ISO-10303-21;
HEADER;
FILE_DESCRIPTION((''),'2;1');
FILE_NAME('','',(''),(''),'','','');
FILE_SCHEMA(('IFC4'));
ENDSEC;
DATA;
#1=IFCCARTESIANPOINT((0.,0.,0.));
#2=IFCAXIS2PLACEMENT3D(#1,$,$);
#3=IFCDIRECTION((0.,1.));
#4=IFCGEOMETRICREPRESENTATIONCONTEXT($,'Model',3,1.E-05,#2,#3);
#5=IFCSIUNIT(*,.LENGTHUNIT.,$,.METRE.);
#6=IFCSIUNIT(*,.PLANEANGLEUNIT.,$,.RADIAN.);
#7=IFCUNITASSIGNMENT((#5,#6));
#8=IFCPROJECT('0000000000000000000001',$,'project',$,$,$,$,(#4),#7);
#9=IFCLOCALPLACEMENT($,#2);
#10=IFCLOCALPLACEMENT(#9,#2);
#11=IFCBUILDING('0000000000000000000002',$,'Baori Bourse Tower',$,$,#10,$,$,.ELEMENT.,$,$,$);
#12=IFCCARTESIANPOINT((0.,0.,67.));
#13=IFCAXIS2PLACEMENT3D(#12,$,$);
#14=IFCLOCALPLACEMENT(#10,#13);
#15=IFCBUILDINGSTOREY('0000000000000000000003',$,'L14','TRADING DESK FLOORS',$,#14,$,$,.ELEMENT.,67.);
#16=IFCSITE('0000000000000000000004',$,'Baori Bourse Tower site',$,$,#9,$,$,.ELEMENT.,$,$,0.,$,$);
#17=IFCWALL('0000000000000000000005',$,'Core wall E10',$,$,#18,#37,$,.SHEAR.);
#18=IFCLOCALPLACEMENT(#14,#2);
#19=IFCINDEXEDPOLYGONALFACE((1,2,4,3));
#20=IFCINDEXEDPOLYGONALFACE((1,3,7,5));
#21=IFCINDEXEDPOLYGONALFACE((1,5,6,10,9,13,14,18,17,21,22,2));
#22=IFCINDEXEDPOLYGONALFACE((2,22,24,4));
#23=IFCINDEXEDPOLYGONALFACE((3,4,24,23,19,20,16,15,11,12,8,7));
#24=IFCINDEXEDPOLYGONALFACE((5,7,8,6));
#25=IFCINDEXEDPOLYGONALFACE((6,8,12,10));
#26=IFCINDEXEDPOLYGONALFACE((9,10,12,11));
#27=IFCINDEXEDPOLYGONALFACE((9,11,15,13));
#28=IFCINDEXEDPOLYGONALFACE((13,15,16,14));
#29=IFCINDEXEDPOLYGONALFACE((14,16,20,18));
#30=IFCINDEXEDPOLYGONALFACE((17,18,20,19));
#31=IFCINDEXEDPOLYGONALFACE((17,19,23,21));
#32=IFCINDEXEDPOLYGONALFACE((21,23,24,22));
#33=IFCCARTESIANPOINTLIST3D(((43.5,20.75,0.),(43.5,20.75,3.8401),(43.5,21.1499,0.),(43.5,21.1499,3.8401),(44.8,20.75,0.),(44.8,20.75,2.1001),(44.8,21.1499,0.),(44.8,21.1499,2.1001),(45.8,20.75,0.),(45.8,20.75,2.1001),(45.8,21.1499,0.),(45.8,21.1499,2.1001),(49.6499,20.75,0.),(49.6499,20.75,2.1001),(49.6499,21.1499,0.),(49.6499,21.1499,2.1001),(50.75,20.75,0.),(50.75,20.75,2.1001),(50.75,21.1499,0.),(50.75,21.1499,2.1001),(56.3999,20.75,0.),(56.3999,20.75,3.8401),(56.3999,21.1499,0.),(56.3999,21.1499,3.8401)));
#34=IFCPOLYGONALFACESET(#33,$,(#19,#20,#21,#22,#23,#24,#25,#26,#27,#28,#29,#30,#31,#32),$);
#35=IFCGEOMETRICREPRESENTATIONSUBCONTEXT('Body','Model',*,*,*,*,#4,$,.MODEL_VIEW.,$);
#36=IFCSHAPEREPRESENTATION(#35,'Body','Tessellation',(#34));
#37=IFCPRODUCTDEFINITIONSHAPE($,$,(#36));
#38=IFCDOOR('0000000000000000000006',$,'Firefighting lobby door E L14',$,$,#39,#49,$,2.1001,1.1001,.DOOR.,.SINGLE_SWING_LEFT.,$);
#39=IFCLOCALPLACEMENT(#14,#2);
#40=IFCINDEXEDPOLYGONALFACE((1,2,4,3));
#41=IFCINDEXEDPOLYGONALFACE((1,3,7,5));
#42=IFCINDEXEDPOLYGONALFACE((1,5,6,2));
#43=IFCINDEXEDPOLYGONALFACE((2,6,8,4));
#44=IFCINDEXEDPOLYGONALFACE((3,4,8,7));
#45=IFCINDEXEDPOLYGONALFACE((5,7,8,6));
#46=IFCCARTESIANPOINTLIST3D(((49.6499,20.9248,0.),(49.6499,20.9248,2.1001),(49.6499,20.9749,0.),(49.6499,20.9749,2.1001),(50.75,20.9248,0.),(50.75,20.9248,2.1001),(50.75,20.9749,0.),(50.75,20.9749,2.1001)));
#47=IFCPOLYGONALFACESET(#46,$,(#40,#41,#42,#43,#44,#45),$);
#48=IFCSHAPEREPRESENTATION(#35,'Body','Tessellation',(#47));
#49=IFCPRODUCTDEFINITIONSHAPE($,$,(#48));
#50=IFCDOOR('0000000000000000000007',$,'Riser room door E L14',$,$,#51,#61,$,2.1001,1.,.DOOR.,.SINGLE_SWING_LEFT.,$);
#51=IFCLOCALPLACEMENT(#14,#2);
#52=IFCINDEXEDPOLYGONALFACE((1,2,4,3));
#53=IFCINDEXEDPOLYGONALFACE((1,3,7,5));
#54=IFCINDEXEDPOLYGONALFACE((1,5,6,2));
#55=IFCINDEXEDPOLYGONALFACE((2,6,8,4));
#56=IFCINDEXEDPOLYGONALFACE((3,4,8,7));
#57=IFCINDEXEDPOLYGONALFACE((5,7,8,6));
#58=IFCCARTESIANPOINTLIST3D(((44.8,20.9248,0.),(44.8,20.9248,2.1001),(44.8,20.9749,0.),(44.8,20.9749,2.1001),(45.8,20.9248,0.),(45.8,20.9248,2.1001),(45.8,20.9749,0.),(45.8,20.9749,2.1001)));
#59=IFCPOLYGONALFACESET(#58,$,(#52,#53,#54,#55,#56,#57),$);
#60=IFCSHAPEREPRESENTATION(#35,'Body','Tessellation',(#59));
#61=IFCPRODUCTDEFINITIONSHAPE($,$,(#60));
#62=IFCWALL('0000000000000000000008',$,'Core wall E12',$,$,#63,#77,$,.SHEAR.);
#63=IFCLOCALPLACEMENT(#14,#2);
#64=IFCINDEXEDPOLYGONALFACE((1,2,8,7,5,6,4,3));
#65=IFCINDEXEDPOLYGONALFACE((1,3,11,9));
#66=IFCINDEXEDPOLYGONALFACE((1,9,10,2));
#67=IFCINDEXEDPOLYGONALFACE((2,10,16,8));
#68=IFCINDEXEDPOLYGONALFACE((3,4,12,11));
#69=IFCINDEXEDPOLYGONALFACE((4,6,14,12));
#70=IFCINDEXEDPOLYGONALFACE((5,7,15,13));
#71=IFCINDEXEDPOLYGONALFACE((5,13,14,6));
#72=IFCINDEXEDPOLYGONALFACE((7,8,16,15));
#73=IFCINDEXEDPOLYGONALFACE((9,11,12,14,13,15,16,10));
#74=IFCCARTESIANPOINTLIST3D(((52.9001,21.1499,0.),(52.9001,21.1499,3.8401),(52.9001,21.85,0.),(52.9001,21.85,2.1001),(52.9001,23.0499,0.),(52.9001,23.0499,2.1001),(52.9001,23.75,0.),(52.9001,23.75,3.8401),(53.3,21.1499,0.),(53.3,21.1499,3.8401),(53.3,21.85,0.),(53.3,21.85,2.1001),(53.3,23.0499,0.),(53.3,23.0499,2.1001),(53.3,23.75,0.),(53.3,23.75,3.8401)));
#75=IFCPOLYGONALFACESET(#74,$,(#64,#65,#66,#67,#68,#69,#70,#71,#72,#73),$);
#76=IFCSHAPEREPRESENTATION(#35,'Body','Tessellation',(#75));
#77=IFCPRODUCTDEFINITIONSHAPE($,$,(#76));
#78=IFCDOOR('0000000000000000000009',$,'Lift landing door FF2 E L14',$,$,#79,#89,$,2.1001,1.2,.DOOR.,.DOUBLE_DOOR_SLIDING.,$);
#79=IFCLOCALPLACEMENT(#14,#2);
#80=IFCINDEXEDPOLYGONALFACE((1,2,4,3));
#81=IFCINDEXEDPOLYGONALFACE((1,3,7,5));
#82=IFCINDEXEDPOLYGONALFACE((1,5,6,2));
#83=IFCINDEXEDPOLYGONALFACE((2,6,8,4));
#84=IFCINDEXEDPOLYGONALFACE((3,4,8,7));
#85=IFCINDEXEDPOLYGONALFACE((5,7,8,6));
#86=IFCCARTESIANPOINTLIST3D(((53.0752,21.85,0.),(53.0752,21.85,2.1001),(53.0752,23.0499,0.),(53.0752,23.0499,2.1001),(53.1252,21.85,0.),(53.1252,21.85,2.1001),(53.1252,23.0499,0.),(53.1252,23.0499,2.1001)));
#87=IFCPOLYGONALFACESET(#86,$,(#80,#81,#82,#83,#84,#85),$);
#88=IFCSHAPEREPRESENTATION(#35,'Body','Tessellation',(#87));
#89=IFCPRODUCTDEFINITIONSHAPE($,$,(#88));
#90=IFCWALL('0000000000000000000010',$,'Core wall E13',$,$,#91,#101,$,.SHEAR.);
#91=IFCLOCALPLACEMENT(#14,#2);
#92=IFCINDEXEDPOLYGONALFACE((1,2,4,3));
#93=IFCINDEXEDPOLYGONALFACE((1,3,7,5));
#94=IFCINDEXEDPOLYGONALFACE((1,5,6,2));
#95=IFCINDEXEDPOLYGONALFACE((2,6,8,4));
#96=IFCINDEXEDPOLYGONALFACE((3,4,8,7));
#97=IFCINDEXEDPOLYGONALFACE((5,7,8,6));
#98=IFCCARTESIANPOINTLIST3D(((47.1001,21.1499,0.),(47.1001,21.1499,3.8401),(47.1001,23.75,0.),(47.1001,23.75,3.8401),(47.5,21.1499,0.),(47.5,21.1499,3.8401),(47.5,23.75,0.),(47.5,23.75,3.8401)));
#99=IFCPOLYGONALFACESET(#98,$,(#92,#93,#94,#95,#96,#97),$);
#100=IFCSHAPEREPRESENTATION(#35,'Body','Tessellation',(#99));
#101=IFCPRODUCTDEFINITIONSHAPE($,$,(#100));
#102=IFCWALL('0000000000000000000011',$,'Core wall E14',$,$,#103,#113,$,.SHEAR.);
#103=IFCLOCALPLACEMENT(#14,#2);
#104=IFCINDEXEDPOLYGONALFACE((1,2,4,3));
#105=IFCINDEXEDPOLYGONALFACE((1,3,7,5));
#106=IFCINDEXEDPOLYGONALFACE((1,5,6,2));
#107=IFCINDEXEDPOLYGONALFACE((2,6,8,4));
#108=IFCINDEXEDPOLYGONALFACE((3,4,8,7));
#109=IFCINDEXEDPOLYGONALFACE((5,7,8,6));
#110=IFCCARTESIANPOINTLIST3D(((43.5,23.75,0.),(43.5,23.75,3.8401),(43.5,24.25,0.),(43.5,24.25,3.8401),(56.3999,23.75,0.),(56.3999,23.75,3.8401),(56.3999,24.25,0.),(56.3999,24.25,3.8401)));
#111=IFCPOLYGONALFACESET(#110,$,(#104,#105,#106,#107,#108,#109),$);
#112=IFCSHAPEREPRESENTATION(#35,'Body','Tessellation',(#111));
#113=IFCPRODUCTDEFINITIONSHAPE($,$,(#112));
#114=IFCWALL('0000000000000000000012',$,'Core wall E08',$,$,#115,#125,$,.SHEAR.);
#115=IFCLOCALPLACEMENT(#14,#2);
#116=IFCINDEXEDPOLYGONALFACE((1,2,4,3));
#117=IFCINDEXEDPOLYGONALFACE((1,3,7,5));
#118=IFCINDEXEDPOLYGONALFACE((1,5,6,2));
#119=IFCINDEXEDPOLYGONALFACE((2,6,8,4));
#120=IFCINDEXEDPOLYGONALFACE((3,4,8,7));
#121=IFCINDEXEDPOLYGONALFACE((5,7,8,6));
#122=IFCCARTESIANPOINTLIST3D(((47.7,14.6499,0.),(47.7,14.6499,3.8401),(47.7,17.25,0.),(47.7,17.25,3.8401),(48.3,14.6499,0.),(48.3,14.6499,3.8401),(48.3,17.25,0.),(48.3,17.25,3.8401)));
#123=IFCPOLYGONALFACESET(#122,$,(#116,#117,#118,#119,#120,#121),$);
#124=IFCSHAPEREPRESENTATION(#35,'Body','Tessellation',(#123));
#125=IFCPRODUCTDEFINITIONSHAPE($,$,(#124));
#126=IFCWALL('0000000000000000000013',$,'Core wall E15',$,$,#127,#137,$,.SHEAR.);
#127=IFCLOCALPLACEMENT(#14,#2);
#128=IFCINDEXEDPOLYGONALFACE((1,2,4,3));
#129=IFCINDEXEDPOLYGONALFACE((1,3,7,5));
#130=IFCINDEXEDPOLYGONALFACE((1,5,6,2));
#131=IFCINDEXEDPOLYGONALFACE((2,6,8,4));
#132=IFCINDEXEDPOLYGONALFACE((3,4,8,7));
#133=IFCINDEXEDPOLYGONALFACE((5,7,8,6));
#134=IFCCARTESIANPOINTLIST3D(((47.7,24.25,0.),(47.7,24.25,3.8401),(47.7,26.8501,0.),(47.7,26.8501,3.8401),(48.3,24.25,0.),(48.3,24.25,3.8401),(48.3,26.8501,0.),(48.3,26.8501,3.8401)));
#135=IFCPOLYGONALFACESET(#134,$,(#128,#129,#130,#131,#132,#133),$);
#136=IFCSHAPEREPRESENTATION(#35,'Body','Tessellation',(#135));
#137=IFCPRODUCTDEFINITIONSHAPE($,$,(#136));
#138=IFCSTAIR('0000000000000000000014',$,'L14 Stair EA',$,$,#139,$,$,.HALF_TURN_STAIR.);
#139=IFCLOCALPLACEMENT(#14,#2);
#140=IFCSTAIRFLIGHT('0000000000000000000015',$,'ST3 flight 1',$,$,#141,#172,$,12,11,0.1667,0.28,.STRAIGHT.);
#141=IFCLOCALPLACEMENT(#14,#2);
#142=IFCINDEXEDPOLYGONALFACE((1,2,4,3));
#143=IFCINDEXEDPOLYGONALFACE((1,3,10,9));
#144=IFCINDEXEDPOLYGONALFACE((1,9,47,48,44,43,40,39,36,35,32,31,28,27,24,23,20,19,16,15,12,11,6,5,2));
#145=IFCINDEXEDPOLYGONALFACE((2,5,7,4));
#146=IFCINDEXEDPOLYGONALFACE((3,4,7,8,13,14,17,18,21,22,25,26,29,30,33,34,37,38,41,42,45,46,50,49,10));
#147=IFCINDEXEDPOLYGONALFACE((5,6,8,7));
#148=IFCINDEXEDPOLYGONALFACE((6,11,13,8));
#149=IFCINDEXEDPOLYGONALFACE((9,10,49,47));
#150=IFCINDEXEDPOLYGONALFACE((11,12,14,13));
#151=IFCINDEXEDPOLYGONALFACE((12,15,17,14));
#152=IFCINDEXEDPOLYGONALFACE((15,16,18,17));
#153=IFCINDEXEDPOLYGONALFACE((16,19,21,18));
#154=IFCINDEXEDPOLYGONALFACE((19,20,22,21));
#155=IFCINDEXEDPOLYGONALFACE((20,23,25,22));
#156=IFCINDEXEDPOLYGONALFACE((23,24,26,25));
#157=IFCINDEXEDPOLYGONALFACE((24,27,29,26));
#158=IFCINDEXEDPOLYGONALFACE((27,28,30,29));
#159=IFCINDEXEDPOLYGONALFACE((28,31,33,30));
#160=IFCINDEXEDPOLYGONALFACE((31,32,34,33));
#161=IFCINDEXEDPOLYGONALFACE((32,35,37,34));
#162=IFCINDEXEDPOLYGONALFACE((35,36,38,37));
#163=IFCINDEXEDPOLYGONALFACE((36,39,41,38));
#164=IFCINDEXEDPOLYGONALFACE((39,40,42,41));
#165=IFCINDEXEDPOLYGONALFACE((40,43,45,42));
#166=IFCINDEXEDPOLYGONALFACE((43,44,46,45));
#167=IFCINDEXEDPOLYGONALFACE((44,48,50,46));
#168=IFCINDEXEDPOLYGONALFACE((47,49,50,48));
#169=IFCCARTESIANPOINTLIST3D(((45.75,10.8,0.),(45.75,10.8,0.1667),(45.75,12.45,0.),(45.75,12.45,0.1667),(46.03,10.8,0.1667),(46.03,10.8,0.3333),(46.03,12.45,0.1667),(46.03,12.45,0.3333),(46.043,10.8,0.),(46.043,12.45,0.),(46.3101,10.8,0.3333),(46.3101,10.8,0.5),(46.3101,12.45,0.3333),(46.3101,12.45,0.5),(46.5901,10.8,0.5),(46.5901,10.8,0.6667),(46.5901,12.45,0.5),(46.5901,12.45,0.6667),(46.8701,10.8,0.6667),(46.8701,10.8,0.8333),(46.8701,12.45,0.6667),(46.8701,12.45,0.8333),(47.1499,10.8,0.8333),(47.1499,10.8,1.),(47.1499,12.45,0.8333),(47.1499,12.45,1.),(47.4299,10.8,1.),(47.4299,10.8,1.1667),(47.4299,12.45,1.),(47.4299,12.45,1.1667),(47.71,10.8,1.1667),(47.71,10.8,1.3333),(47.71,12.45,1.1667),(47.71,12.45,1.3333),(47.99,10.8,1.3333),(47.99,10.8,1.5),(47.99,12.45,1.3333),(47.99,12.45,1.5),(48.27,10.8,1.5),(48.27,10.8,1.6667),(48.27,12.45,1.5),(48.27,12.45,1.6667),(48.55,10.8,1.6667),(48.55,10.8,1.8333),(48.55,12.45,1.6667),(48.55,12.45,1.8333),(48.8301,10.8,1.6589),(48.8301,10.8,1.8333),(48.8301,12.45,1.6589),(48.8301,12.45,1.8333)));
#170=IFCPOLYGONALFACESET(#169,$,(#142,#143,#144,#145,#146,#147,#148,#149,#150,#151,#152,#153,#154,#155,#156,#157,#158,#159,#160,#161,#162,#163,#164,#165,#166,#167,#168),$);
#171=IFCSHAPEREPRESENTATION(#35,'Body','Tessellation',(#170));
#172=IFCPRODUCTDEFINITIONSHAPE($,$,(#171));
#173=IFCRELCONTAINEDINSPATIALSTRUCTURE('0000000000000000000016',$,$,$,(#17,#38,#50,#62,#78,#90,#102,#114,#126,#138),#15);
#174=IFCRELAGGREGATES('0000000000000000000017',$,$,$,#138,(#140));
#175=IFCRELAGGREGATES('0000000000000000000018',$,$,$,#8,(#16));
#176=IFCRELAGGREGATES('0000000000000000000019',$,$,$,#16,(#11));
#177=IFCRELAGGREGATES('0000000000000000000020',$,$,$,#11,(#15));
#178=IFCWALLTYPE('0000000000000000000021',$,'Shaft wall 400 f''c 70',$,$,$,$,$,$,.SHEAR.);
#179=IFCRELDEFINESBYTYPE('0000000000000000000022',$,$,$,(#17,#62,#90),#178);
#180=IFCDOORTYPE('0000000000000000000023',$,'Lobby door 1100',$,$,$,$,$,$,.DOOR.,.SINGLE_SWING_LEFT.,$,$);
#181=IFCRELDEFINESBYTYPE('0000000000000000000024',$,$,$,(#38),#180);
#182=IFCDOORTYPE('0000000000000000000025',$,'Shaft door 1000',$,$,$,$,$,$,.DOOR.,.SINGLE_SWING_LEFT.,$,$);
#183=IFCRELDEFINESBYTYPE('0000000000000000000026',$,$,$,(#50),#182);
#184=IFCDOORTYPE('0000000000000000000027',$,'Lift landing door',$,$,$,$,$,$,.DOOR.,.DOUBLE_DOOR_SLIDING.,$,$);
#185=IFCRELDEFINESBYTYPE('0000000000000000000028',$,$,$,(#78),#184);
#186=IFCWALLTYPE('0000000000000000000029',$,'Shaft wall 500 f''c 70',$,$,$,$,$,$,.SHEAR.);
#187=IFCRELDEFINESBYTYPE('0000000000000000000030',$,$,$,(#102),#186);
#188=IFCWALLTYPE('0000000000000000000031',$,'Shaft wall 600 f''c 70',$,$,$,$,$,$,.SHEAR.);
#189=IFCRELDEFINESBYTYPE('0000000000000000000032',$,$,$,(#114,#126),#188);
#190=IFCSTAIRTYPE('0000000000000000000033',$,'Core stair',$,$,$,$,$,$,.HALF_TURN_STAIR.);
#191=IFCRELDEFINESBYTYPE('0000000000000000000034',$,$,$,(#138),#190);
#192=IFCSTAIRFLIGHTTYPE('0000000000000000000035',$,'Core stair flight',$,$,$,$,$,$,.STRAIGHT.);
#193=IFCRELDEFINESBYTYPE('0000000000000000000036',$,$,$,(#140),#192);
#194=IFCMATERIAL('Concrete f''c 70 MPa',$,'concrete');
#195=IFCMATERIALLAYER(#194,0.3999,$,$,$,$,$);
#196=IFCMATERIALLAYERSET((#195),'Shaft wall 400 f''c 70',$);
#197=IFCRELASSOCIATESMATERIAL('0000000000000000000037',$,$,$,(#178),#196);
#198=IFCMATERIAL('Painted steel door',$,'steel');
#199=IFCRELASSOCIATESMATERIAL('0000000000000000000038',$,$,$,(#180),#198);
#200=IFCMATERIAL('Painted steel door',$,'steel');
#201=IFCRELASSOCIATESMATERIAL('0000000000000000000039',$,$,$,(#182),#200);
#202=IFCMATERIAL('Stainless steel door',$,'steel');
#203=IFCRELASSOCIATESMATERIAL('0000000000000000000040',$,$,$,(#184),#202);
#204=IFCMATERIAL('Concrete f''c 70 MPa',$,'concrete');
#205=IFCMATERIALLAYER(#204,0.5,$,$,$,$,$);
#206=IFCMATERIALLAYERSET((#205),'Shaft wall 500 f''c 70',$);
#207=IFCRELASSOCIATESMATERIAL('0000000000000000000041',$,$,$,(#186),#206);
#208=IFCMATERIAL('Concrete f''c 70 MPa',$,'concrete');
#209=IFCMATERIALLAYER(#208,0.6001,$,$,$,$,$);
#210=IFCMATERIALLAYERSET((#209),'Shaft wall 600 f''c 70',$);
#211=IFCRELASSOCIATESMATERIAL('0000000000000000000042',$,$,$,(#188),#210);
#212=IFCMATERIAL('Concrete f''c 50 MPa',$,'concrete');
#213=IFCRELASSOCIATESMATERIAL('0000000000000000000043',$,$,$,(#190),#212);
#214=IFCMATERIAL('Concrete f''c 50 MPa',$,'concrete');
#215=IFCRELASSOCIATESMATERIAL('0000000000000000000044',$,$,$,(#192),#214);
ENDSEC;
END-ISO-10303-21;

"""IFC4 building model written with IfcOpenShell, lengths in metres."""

from ifc_helpers import new_model, si_unit, direction, frame, frame_2d, origin, place, context, subcontext, project, spatial, polyline, rectangle, outline, extrude, material, layer, layer_set, type_object, element, fill, aggregate, save


model = new_model("IFC4")

# Units and contexts
model_context = context("Model", 3, precision=1e-05, world=origin(), true_north=direction((0.0, 1.0)))
body_context = subcontext(model_context, "Body", "Model", "MODEL_VIEW")
ifc_project = project(units=[si_unit("LENGTHUNIT", "METRE"), si_unit("PLANEANGLEUNIT", "RADIAN")], contexts=[model_context])

# Site, building, storey
site_placement = place(None, origin())
site = spatial("IfcSite", under=ifc_project, at=site_placement, Name="Baori Bourse Tower site", CompositionType="ELEMENT", RefElevation=0.0)
building_placement = place(site_placement, origin())
building = spatial("IfcBuilding", under=site, at=building_placement, Name="Baori Bourse Tower", CompositionType="ELEMENT")
storey_placement = place(building_placement, frame((0.0, 0.0, 67.0)))
storey = spatial("IfcBuildingStorey", under=building, at=storey_placement, Name="L14", Description="TRADING DESK FLOORS", CompositionType="ELEMENT", Elevation=67.0)

# Wall, openings, doors
ifc_material_1 = material(Name="Concrete f'c 70 MPa", Category="concrete")
ifc_layer_1 = layer(ifc_material_1, 0.3999)
ifc_layer_set_1 = layer_set([ifc_layer_1], Name="Shaft wall 400 f'c 70")
wall_type_1 = type_object("IfcWallType", Name="Shaft wall 400 f'c 70", PredefinedType="SHEAR", material=ifc_layer_set_1)
wall_1_placement = place(storey_placement, frame((43.5, 20.95, 0.0), z_axis=(0.0, 0.0, 1.0), x_axis=(1.0, 0.0, 0.0)))
wall_1 = element("IfcWall", 1, at=wall_1_placement, inside=storey, type_object=wall_type_1, Name="Core wall E10", PredefinedType="SHEAR", context=body_context, shape_type="SweptSolid", body=[
    extrude(rectangle(XDim=12.8999, YDim=0.3999, at=frame_2d((6.45, 0.0))), origin(), (0.0, 0.0, 1.0), 3.8401),
])
opening_1_placement = place(wall_1_placement, frame((6.1499, 0.0, 0.0)))
opening_1 = element("IfcOpeningElement", 2, at=opening_1_placement, cuts=wall_1, PredefinedType="OPENING", context=body_context, shape_type="SweptSolid", body=[
    extrude(rectangle(XDim=1.1001, YDim=2.1001, at=frame_2d((0.55, 1.05))), frame((0.0, 0.21, 0.0), z_axis=(0.0, -1.0, 0.0), x_axis=(1.0, 0.0, 0.0)), (0.0, 0.0, 1.0), 0.4199),
])
opening_2_placement = place(wall_1_placement, frame((1.3, 0.0, 0.0)))
opening_2 = element("IfcOpeningElement", 3, at=opening_2_placement, cuts=wall_1, PredefinedType="OPENING", context=body_context, shape_type="SweptSolid", body=[
    extrude(rectangle(XDim=1.0, YDim=2.1001, at=frame_2d((0.5, 1.05))), frame((0.0, 0.21, 0.0), z_axis=(0.0, -1.0, 0.0), x_axis=(1.0, 0.0, 0.0)), (0.0, 0.0, 1.0), 0.4199),
])
ifc_material_2 = material(Name="Painted steel door", Category="steel")
door_type_1 = type_object("IfcDoorType", Name="Lobby door 1100", OperationType="SINGLE_SWING_LEFT", PredefinedType="DOOR", material=ifc_material_2)
door_1_placement = place(opening_1_placement, origin())
door_1 = element("IfcDoor", 4, at=door_1_placement, inside=storey, type_object=door_type_1, Name="Firefighting lobby door E L14", OperationType="SINGLE_SWING_LEFT", OverallHeight=2.1001, OverallWidth=1.1001, PredefinedType="DOOR", context=body_context, shape_type="SweptSolid", body=[
    extrude(rectangle(XDim=1.1001, YDim=2.1001, at=frame_2d((0.55, 1.05))), frame((0.0, 0.0249, 0.0), z_axis=(0.0, -1.0, 0.0), x_axis=(1.0, 0.0, 0.0)), (0.0, 0.0, 1.0), 0.05),
])
fill(opening_1, door_1)
ifc_material_3 = material(Name="Painted steel door", Category="steel")
door_type_2 = type_object("IfcDoorType", Name="Shaft door 1000", OperationType="SINGLE_SWING_LEFT", PredefinedType="DOOR", material=ifc_material_3)
door_2_placement = place(opening_2_placement, origin())
door_2 = element("IfcDoor", 5, at=door_2_placement, inside=storey, type_object=door_type_2, Name="Riser room door E L14", OperationType="SINGLE_SWING_LEFT", OverallHeight=2.1001, OverallWidth=1.0, PredefinedType="DOOR", context=body_context, shape_type="SweptSolid", body=[
    extrude(rectangle(XDim=1.0, YDim=2.1001, at=frame_2d((0.5, 1.05))), frame((0.0, 0.0249, 0.0), z_axis=(0.0, -1.0, 0.0), x_axis=(1.0, 0.0, 0.0)), (0.0, 0.0, 1.0), 0.05),
])
fill(opening_2, door_2)

# Wall, opening, door
wall_2_placement = place(storey_placement, frame((53.1001, 21.1499, 0.0), z_axis=(0.0, 0.0, 1.0), x_axis=(0.0, 1.0, 0.0)))
wall_2 = element("IfcWall", 6, at=wall_2_placement, inside=storey, type_object=wall_type_1, Name="Core wall E12", PredefinedType="SHEAR", context=body_context, shape_type="SweptSolid", body=[
    extrude(rectangle(XDim=2.6001, YDim=0.3999, at=frame_2d((1.3, 0.0))), origin(), (0.0, 0.0, 1.0), 3.8401),
])
opening_3_placement = place(wall_2_placement, frame((0.7, 0.0, 0.0)))
opening_3 = element("IfcOpeningElement", 7, at=opening_3_placement, cuts=wall_2, PredefinedType="OPENING", context=body_context, shape_type="SweptSolid", body=[
    extrude(rectangle(XDim=1.2, YDim=2.1001, at=frame_2d((0.6001, 1.05))), frame((0.0, 0.21, 0.0), z_axis=(0.0, -1.0, 0.0), x_axis=(1.0, 0.0, 0.0)), (0.0, 0.0, 1.0), 0.4199),
])
ifc_material_4 = material(Name="Stainless steel door", Category="steel")
door_type_3 = type_object("IfcDoorType", Name="Lift landing door", OperationType="DOUBLE_DOOR_SLIDING", PredefinedType="DOOR", material=ifc_material_4)
door_3_placement = place(opening_3_placement, origin())
door_3 = element("IfcDoor", 8, at=door_3_placement, inside=storey, type_object=door_type_3, Name="Lift landing door FF2 E L14", OperationType="DOUBLE_DOOR_SLIDING", OverallHeight=2.1001, OverallWidth=1.2, PredefinedType="DOOR", context=body_context, shape_type="SweptSolid", body=[
    extrude(rectangle(XDim=1.2, YDim=2.1001, at=frame_2d((0.6001, 1.05))), frame((0.0, 0.0249, 0.0), z_axis=(0.0, -1.0, 0.0), x_axis=(1.0, 0.0, 0.0)), (0.0, 0.0, 1.0), 0.05),
])
fill(opening_3, door_3)

# Walls
wall_3_placement = place(storey_placement, frame((47.3, 21.1499, 0.0), z_axis=(0.0, 0.0, 1.0), x_axis=(0.0, 1.0, 0.0)))
element("IfcWall", 9, at=wall_3_placement, inside=storey, type_object=wall_type_1, Name="Core wall E13", PredefinedType="SHEAR", context=body_context, shape_type="SweptSolid", body=[
    extrude(rectangle(XDim=2.6001, YDim=0.3999, at=frame_2d((1.3, 0.0))), origin(), (0.0, 0.0, 1.0), 3.8401),
])
ifc_material_5 = material(Name="Concrete f'c 70 MPa", Category="concrete")
ifc_layer_2 = layer(ifc_material_5, 0.5)
ifc_layer_set_2 = layer_set([ifc_layer_2], Name="Shaft wall 500 f'c 70")
wall_type_2 = type_object("IfcWallType", Name="Shaft wall 500 f'c 70", PredefinedType="SHEAR", material=ifc_layer_set_2)
wall_4_placement = place(storey_placement, frame((43.5, 24.0, 0.0), z_axis=(0.0, 0.0, 1.0), x_axis=(1.0, 0.0, 0.0)))
element("IfcWall", 10, at=wall_4_placement, inside=storey, type_object=wall_type_2, Name="Core wall E14", PredefinedType="SHEAR", context=body_context, shape_type="SweptSolid", body=[
    extrude(rectangle(XDim=12.8999, YDim=0.5, at=frame_2d((6.45, 0.0))), origin(), (0.0, 0.0, 1.0), 3.8401),
])
ifc_material_6 = material(Name="Concrete f'c 70 MPa", Category="concrete")
ifc_layer_3 = layer(ifc_material_6, 0.6001)
ifc_layer_set_3 = layer_set([ifc_layer_3], Name="Shaft wall 600 f'c 70")
wall_type_3 = type_object("IfcWallType", Name="Shaft wall 600 f'c 70", PredefinedType="SHEAR", material=ifc_layer_set_3)
for number, where, z_axis, x_axis, name in (
    (11, (48.0, 14.6499, 0.0), (0.0, 0.0, 1.0), (0.0, 1.0, 0.0), "Core wall E08"),
    (12, (48.0, 24.25, 0.0), (0.0, 0.0, 1.0), (0.0, 1.0, 0.0), "Core wall E15"),
):
    element("IfcWall", number, at=place(storey_placement, frame(where, z_axis=z_axis, x_axis=x_axis)), inside=storey, type_object=wall_type_3, Name=name, PredefinedType="SHEAR", context=body_context, shape_type="SweptSolid", body=[
        extrude(rectangle(XDim=2.6001, YDim=0.6001, at=frame_2d((1.3, 0.0))), origin(), (0.0, 0.0, 1.0), 3.8401),
    ])

# Stair, stair flight
ifc_material_7 = material(Name="Concrete f'c 50 MPa", Category="concrete")
stair_type = type_object("IfcStairType", Name="Core stair", PredefinedType="HALF_TURN_STAIR", material=ifc_material_7)
stair_placement = place(storey_placement, origin())
stair = element("IfcStair", 13, at=stair_placement, inside=storey, type_object=stair_type, Name="L14 Stair EA", PredefinedType="HALF_TURN_STAIR")
ifc_material_8 = material(Name="Concrete f'c 50 MPa", Category="concrete")
stair_flight_type = type_object("IfcStairFlightType", Name="Core stair flight", PredefinedType="STRAIGHT", material=ifc_material_8)
stair_flight_1_placement = place(storey_placement, frame((45.75, 11.625, 0.0), z_axis=(0.0, 0.0, 1.0), x_axis=(1.0, 0.0, 0.0)))
stair_flight_1 = element("IfcStairFlight", 14, at=stair_flight_1_placement, type_object=stair_flight_type, Name="ST3 flight 1", NumberOfRisers=12, NumberOfTreads=11, PredefinedType="STRAIGHT", RiserHeight=0.1667, TreadLength=0.28, context=body_context, shape_type="SweptSolid", body=[
    extrude(outline(polyline([(0.0, 0.0), (0.0, 0.1667), (0.28, 0.1667), (0.28, 0.3333), (0.5601, 0.3333), (0.5601, 0.5), (0.8401, 0.5), (0.8401, 0.6667), (1.1201, 0.6667), (1.1201, 0.8333), (1.3999, 0.8333), (1.3999, 1.0), (1.6799, 1.0), (1.6799, 1.1667), (1.96, 1.1667), (1.96, 1.3333), (2.24, 1.3333), (2.24, 1.5), (2.52, 1.5), (2.52, 1.6667), (2.8, 1.6667), (2.8, 1.8333), (3.0801, 1.8333), (3.0801, 2.0), (3.0801, 1.6589), (0.293, 0.0), (0.0, 0.0)])), frame((0.0, 0.825, 0.0), z_axis=(0.0, -1.0, 0.0), x_axis=(1.0, 0.0, 0.0)), (0.0, 0.0, 1.0), 1.6499),
])
aggregate(stair, [stair_flight_1])

save(model, "model.ifc")
